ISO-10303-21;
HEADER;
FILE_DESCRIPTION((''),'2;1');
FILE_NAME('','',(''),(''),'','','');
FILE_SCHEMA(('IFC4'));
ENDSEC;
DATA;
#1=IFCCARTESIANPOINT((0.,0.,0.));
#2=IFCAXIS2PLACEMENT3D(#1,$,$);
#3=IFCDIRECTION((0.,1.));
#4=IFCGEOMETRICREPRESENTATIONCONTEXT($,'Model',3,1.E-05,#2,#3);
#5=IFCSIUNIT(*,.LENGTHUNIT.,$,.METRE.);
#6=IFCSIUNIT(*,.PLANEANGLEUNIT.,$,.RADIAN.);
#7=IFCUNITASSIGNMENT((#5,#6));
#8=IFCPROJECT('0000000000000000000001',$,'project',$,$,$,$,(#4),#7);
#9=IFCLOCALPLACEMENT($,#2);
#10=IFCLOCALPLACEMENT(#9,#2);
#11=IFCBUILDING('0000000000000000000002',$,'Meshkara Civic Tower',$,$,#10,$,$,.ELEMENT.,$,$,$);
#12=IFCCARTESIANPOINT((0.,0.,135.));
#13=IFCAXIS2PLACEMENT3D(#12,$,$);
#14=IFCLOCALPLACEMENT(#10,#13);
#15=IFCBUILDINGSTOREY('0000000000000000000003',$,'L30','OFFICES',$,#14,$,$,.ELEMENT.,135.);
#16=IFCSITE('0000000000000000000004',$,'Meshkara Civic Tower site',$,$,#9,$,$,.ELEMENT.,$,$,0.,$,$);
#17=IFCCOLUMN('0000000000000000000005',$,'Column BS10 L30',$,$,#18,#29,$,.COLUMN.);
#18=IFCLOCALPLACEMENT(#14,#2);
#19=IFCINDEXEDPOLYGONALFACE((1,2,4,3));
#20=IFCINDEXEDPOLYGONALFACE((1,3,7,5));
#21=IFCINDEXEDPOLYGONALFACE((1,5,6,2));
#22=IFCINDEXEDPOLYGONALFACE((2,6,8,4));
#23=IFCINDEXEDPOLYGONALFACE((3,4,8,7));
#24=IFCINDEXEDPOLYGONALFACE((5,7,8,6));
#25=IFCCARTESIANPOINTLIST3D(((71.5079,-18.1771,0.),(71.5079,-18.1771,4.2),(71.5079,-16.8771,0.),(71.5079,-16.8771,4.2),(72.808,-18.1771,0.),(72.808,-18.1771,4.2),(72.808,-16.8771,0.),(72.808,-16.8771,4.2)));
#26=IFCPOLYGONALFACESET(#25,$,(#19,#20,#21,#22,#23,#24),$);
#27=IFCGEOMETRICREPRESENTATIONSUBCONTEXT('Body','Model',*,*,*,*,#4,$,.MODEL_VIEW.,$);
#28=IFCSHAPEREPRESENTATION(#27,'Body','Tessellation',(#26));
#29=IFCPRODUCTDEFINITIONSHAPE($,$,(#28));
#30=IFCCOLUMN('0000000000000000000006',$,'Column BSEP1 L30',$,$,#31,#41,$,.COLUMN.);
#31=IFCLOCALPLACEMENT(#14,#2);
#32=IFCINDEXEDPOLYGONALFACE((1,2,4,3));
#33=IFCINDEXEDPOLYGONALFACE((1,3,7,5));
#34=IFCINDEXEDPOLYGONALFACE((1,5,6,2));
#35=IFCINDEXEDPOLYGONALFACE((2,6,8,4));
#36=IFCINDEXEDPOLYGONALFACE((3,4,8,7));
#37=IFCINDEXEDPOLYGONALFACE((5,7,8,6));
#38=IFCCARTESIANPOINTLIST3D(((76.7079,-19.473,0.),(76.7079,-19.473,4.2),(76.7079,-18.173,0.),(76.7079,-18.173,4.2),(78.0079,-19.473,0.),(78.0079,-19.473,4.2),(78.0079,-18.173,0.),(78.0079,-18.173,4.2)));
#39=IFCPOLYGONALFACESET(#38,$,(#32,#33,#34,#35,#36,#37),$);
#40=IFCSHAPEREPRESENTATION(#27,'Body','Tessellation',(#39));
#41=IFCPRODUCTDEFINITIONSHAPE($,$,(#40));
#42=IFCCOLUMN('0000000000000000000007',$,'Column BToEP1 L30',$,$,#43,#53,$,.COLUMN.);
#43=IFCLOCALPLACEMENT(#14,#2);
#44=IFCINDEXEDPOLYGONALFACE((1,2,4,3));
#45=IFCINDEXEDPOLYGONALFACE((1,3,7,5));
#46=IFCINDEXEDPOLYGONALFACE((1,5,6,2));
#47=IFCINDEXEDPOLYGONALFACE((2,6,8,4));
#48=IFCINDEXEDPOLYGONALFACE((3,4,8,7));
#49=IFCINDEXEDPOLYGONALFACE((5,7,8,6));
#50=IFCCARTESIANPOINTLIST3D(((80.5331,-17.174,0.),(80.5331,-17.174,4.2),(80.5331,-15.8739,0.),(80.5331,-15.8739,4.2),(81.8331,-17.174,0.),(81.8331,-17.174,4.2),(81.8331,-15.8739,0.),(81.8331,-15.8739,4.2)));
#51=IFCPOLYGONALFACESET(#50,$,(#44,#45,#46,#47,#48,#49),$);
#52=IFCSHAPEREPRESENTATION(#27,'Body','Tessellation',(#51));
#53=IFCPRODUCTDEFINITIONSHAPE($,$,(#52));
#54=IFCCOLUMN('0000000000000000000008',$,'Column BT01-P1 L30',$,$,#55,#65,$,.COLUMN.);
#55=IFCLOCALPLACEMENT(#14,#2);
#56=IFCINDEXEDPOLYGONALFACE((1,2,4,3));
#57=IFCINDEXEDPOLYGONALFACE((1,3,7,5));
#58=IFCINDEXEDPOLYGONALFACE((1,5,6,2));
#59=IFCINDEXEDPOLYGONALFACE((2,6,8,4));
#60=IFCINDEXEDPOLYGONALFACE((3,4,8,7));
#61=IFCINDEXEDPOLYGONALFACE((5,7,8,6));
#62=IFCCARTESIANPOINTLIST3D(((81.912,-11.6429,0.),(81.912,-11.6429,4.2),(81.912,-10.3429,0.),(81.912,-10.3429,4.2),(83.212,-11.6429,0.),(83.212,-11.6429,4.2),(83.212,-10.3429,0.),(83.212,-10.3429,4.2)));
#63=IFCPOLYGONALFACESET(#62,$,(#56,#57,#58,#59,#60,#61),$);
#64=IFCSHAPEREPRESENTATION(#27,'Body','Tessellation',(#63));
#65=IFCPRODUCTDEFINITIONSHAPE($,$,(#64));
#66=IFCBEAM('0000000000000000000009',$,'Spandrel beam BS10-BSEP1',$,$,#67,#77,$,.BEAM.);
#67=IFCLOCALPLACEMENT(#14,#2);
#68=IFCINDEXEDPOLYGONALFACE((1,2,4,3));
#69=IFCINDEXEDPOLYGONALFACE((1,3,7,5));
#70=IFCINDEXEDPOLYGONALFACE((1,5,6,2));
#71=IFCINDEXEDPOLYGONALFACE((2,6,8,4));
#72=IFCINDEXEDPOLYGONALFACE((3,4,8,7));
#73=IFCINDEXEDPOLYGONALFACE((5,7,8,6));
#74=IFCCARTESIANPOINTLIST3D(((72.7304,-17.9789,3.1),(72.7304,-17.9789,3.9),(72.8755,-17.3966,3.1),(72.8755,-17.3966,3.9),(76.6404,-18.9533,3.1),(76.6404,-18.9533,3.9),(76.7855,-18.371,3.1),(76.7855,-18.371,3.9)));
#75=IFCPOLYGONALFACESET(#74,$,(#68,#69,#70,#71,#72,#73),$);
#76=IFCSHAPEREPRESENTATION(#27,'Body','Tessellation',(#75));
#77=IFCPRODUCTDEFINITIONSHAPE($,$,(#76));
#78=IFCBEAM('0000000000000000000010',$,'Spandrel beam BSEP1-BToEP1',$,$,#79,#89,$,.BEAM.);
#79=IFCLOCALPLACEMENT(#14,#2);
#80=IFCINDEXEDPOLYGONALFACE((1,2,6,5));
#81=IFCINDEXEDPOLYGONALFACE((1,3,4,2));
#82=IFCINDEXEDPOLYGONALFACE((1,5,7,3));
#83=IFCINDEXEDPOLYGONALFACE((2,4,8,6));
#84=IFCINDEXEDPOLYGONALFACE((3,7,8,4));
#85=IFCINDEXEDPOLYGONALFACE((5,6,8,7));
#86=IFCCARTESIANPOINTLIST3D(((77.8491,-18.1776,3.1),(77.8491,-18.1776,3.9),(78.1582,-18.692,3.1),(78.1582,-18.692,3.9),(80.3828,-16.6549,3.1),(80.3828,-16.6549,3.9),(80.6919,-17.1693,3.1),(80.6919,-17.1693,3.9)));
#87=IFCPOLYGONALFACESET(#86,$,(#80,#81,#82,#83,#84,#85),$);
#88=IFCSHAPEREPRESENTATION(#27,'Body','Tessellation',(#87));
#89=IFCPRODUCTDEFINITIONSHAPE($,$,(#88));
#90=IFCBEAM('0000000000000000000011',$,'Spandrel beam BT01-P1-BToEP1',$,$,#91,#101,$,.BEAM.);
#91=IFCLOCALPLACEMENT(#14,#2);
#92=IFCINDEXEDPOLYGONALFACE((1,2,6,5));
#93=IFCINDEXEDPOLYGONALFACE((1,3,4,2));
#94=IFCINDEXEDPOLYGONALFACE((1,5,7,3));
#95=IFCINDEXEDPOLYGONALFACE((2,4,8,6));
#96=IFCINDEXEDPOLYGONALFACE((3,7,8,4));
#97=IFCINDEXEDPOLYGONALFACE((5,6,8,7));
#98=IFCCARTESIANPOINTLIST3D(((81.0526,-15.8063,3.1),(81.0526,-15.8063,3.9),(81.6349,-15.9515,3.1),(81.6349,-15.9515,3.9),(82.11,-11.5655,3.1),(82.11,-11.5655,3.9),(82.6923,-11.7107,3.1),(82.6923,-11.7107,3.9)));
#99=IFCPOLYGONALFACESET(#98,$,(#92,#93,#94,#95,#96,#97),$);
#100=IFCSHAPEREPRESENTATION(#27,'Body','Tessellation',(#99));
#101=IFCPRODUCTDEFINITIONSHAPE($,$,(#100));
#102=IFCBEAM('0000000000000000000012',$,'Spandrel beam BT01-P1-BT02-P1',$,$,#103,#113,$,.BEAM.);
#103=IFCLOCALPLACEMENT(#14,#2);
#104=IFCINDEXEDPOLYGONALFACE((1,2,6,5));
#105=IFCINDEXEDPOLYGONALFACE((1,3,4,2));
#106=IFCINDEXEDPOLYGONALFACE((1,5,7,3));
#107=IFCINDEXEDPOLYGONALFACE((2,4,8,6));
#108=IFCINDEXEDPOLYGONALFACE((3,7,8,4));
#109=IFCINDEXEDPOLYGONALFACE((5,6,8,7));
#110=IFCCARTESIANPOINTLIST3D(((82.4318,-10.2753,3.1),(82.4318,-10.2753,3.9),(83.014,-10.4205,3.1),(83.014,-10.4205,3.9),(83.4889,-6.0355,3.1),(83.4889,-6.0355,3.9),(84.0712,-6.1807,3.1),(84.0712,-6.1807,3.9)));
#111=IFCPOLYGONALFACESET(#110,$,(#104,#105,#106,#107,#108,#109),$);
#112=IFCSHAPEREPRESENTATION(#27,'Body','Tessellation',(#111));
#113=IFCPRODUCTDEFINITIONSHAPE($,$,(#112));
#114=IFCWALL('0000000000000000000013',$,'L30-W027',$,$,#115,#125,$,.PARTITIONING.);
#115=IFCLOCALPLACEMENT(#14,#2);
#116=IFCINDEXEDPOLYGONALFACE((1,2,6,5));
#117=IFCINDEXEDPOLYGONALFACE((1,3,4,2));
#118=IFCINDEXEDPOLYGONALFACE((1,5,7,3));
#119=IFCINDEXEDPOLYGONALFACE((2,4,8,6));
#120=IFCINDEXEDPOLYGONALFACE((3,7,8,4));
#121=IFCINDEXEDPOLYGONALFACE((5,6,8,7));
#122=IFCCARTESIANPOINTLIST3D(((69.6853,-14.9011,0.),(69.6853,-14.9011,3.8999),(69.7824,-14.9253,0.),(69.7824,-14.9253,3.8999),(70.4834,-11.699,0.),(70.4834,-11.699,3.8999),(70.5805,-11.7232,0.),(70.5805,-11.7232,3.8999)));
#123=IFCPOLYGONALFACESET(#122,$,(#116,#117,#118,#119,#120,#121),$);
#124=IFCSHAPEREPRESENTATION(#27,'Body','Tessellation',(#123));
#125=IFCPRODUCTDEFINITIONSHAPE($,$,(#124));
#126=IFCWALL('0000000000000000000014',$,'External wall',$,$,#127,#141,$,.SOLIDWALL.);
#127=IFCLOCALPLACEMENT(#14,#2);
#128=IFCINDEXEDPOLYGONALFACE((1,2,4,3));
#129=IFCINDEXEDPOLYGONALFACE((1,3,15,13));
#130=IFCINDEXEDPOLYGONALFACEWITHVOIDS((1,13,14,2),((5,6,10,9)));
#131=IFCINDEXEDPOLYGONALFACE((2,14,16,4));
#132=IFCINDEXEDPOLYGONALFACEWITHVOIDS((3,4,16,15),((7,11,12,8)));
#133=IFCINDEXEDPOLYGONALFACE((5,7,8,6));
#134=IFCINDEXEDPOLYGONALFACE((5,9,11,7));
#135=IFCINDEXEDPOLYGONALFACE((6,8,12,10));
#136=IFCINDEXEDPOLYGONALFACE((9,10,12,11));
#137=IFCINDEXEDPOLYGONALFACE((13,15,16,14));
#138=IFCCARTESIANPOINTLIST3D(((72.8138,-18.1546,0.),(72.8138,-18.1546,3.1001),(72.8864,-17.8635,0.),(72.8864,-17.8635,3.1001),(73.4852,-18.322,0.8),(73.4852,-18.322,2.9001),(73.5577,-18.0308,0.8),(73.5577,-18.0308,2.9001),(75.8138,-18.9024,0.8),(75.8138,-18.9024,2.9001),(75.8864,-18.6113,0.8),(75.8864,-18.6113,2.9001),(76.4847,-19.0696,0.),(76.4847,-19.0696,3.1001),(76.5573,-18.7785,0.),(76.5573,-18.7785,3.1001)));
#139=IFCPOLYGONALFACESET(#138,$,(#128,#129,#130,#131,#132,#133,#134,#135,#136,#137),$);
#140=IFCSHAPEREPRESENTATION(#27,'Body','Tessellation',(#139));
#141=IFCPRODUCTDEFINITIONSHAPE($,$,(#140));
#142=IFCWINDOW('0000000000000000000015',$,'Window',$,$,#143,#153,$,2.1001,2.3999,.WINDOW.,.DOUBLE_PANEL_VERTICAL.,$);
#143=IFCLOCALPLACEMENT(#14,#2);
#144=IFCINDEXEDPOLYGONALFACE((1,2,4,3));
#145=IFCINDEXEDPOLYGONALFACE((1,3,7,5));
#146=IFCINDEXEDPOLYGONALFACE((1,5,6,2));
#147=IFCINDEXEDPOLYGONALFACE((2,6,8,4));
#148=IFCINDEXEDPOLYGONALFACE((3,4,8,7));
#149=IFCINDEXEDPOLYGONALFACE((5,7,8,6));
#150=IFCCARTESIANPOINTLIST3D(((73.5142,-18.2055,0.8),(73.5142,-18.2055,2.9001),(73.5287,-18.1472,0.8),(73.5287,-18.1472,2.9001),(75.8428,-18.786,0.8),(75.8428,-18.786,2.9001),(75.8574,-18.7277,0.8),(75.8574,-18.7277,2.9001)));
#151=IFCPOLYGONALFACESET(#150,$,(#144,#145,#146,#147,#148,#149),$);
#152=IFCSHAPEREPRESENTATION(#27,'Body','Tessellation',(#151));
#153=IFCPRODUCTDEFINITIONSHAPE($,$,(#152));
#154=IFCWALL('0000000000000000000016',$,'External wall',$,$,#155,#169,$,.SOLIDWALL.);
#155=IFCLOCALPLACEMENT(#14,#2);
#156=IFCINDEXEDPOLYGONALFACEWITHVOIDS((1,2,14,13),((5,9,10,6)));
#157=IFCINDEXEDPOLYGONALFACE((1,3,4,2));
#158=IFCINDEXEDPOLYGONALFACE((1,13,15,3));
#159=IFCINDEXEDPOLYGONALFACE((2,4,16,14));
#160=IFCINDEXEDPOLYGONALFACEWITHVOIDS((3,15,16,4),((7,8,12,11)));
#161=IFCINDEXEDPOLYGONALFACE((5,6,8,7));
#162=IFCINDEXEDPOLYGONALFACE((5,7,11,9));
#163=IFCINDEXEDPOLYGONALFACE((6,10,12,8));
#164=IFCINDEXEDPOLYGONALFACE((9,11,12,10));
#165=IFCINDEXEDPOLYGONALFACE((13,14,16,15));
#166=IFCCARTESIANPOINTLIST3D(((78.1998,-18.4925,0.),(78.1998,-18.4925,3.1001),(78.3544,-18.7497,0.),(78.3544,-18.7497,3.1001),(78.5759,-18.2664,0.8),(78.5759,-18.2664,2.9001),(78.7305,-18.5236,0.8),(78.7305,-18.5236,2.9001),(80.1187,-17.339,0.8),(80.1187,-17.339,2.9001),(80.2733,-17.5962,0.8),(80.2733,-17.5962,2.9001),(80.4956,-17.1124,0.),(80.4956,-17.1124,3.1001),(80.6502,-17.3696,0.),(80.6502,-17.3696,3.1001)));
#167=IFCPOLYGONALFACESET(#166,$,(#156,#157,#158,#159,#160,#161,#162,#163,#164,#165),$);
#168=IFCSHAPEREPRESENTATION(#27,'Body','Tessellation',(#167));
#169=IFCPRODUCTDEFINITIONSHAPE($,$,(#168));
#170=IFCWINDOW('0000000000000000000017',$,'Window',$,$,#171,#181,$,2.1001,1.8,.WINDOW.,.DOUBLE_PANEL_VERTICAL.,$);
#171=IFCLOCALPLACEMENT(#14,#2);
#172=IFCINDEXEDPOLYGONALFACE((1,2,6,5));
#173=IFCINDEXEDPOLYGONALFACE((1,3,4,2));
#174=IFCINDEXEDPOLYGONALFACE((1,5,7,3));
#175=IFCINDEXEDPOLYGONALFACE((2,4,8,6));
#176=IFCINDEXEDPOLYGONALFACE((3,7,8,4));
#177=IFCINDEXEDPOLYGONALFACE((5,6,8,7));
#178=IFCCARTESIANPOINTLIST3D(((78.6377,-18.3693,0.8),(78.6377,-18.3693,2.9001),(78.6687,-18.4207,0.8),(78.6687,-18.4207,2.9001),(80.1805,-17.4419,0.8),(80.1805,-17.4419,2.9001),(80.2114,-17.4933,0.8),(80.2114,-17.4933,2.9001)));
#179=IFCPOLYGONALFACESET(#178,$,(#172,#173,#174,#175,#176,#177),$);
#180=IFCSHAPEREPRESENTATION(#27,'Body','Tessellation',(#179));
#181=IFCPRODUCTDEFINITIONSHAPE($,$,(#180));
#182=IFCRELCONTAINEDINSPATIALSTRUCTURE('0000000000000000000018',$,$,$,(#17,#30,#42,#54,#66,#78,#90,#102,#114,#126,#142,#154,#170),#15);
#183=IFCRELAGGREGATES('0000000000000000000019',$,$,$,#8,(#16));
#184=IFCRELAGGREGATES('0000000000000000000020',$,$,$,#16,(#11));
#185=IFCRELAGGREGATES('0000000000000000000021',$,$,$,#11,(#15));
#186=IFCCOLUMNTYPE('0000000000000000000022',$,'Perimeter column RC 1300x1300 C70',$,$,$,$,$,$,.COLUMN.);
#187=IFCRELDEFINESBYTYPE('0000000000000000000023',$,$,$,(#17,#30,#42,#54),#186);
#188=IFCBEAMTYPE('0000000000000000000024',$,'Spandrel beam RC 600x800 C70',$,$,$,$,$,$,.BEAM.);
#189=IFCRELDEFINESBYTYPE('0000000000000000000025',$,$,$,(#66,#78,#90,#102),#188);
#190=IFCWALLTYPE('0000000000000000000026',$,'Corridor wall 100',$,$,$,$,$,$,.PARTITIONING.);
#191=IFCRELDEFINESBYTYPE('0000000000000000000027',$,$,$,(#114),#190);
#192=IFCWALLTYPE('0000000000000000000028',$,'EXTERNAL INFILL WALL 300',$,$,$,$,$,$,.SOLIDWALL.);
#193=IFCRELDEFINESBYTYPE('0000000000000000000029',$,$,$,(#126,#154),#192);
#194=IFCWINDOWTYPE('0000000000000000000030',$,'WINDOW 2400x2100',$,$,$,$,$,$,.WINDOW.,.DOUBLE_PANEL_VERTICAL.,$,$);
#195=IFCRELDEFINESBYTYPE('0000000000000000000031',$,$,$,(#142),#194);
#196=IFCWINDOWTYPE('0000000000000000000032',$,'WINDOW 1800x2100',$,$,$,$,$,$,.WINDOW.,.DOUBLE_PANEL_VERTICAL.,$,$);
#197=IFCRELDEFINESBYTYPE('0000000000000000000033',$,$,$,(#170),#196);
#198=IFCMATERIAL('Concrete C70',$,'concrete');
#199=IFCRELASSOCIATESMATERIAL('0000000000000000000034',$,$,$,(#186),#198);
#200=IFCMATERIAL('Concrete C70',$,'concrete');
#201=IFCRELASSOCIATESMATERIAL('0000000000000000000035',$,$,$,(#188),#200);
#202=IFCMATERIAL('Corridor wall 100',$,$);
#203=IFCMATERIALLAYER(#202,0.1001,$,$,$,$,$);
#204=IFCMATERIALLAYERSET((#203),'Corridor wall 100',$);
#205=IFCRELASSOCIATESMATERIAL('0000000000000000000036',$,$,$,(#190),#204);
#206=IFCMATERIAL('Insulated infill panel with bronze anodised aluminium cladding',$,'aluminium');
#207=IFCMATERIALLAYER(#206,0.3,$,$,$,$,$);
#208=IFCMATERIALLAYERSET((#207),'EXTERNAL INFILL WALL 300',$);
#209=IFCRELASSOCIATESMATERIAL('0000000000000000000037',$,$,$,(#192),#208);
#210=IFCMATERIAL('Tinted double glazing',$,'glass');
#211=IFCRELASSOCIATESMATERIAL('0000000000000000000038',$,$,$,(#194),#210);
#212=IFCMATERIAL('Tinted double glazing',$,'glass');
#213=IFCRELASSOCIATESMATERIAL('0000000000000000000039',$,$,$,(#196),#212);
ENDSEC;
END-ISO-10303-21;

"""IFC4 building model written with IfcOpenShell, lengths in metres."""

from ifc_helpers import new_model, si_unit, direction, frame, frame_2d, origin, origin_2d, place, context, subcontext, project, spatial, rectangle, extrude, material, layer, layer_set, material_profile, profile_set, type_object, element, fill, save


model = new_model("IFC4")

# Units and contexts
model_context = context("Model", 3, precision=1e-05, world=origin(), true_north=direction((0.0, 1.0)))
body_context = subcontext(model_context, "Body", "Model", "MODEL_VIEW")
ifc_project = project(units=[si_unit("LENGTHUNIT", "METRE"), si_unit("PLANEANGLEUNIT", "RADIAN")], contexts=[model_context])

# Site, building, storey
site_placement = place(None, origin())
site = spatial("IfcSite", under=ifc_project, at=site_placement, Name="Meshkara Civic Tower site", CompositionType="ELEMENT", RefElevation=0.0)
building_placement = place(site_placement, origin())
building = spatial("IfcBuilding", under=site, at=building_placement, Name="Meshkara Civic Tower", CompositionType="ELEMENT")
storey_placement = place(building_placement, frame((0.0, 0.0, 135.0)))
storey = spatial("IfcBuildingStorey", under=building, at=storey_placement, Name="L30", Description="OFFICES", CompositionType="ELEMENT", Elevation=135.0)

# Columns
ifc_material_1 = material(Name="Concrete C70", Category="concrete")
ifc_material_profile_1 = material_profile(ifc_material_1, rectangle(XDim=1.3, YDim=1.3, at=origin_2d()))
ifc_profile_set_1 = profile_set([ifc_material_profile_1], Name="Concrete C70")
column_type = type_object("IfcColumnType", Name="Perimeter column RC 1300x1300 C70", PredefinedType="COLUMN", material=ifc_profile_set_1)
for number, where, z_axis, x_axis, name in (
    (1, (72.158, -17.5271, 0.0), (0.0, 0.0, 1.0), (1.0, 0.0, 0.0), "Column BS10 L30"),
    (2, (77.3579, -18.823, 0.0), (0.0, 0.0, 1.0), (1.0, 0.0, 0.0), "Column BSEP1 L30"),
    (3, (81.1831, -16.5239, 0.0), (0.0, 0.0, 1.0), (1.0, 0.0, 0.0), "Column BToEP1 L30"),
    (4, (82.562, -10.9929, 0.0), (0.0, 0.0, 1.0), (1.0, 0.0, 0.0), "Column BT01-P1 L30"),
):
    element("IfcColumn", number, at=place(storey_placement, frame(where, z_axis=z_axis, x_axis=x_axis)), inside=storey, type_object=column_type, Name=name, PredefinedType="COLUMN", context=body_context, shape_type="SweptSolid", body=[
        extrude(rectangle(XDim=1.3, YDim=1.3, at=origin_2d()), origin(), (0.0, 0.0, 1.0), 4.2),
    ])

# Beams
ifc_material_2 = material(Name="Concrete C70", Category="concrete")
ifc_material_profile_2 = material_profile(ifc_material_2, rectangle(XDim=0.6001, YDim=0.8, at=origin_2d()))
ifc_profile_set_2 = profile_set([ifc_material_profile_2], Name="Concrete C70")
beam_type = type_object("IfcBeamType", Name="Spandrel beam RC 600x800 C70", PredefinedType="BEAM", material=ifc_profile_set_2)
beam_1_placement = place(storey_placement, frame((72.803, -17.6877, 3.5), z_axis=(0.970324, -0.241808, 0.0), x_axis=(0.241808, 0.970324, 0.0)))
element("IfcBeam", 5, at=beam_1_placement, inside=storey, type_object=beam_type, Name="Spandrel beam BS10-BSEP1", PredefinedType="BEAM", context=body_context, shape_type="SweptSolid", body=[
    extrude(rectangle(XDim=0.6001, YDim=0.8, at=origin_2d()), origin(), (0.0, 0.0, 1.0), 4.0295),
])
beam_2_placement = place(storey_placement, frame((78.0037, -18.4348, 3.5), z_axis=(0.857121, 0.515115, 0.0), x_axis=(-0.515115, 0.857121, 0.0)))
element("IfcBeam", 6, at=beam_2_placement, inside=storey, type_object=beam_type, Name="Spandrel beam BSEP1-BToEP1", PredefinedType="BEAM", context=body_context, shape_type="SweptSolid", body=[
    extrude(rectangle(XDim=0.6001, YDim=0.8, at=origin_2d()), origin(), (0.0, 0.0, 1.0), 2.9561),
])
beam_3_placement = place(storey_placement, frame((81.3438, -15.8789, 3.5), z_axis=(0.241931, 0.970293, 0.0), x_axis=(-0.970293, 0.241931, 0.0)))
element("IfcBeam", 7, at=beam_3_placement, inside=storey, type_object=beam_type, Name="Spandrel beam BT01-P1-BToEP1", PredefinedType="BEAM", context=body_context, shape_type="SweptSolid", body=[
    extrude(rectangle(XDim=0.6001, YDim=0.8, at=origin_2d()), origin(), (0.0, 0.0, 1.0), 4.3706),
])
beam_4_placement = place(storey_placement, frame((82.7229, -10.3479, 3.5), z_axis=(0.241931, 0.970293, 0.0), x_axis=(-0.970293, 0.241931, 0.0)))
element("IfcBeam", 8, at=beam_4_placement, inside=storey, type_object=beam_type, Name="Spandrel beam BT01-P1-BT02-P1", PredefinedType="BEAM", context=body_context, shape_type="SweptSolid", body=[
    extrude(rectangle(XDim=0.6001, YDim=0.8, at=origin_2d()), origin(), (0.0, 0.0, 1.0), 4.3696),
])

# Wall
ifc_material_3 = material(Name="Corridor wall 100")
ifc_layer_1 = layer(ifc_material_3, 0.1001)
ifc_layer_set_1 = layer_set([ifc_layer_1], Name="Corridor wall 100")
wall_type_1 = type_object("IfcWallType", Name="Corridor wall 100", PredefinedType="PARTITIONING", material=ifc_layer_set_1)
wall_1_placement = place(storey_placement, frame((69.7339, -14.9131, 0.0), z_axis=(0.0, 0.0, 1.0), x_axis=(0.241839, 0.970316, 0.0)))
element("IfcWall", 9, at=wall_1_placement, inside=storey, type_object=wall_type_1, Name="L30-W027", PredefinedType="PARTITIONING", context=body_context, shape_type="SweptSolid", body=[
    extrude(rectangle(XDim=3.3, YDim=0.1001, at=frame_2d((1.6499, 0.0))), origin(), (0.0, 0.0, 1.0), 3.8999),
])

# Walls, openings, windows
ifc_material_4 = material(Name="Insulated infill panel with bronze anodised aluminium cladding", Category="aluminium")
ifc_layer_2 = layer(ifc_material_4, 0.3)
ifc_layer_set_2 = layer_set([ifc_layer_2], Name="EXTERNAL INFILL WALL 300")
wall_type_2 = type_object("IfcWallType", Name="EXTERNAL INFILL WALL 300", PredefinedType="SOLIDWALL", material=ifc_layer_set_2)
wall_2_placement = place(storey_placement, frame((72.8501, -18.009, 0.0), z_axis=(0.0, 0.0, 1.0), x_axis=(0.970309, -0.241867, 0.0)))
wall_2 = element("IfcWall", 10, at=wall_2_placement, inside=storey, type_object=wall_type_2, Name="External wall", PredefinedType="SOLIDWALL", context=body_context, shape_type="SweptSolid", body=[
    extrude(rectangle(XDim=3.7832, YDim=0.3, at=frame_2d((1.8916, 0.0))), origin(), (0.0, 0.0, 1.0), 3.1001),
])
opening_1_placement = place(wall_2_placement, frame((0.6919, 0.0, 0.8)))
opening_1 = element("IfcOpeningElement", 11, at=opening_1_placement, cuts=wall_2, PredefinedType="OPENING", context=body_context, shape_type="SweptSolid", body=[
    extrude(rectangle(XDim=2.3999, YDim=2.1001, at=frame_2d((1.2, 1.05))), frame((0.0, 0.1599, 0.0), z_axis=(0.0, -1.0, 0.0), x_axis=(1.0, 0.0, 0.0)), (0.0, 0.0, 1.0), 0.3201),
])
ifc_material_5 = material(Name="Tinted double glazing", Category="glass")
window_type_1 = type_object("IfcWindowType", Name="WINDOW 2400x2100", PartitioningType="DOUBLE_PANEL_VERTICAL", PredefinedType="WINDOW", material=ifc_material_5)
window_1_placement = place(opening_1_placement, origin())
window_1 = element("IfcWindow", 12, at=window_1_placement, inside=storey, type_object=window_type_1, Name="Window", OverallHeight=2.1001, OverallWidth=2.3999, PartitioningType="DOUBLE_PANEL_VERTICAL", PredefinedType="WINDOW", context=body_context, shape_type="SweptSolid", body=[
    extrude(rectangle(XDim=2.3999, YDim=2.1001, at=frame_2d((1.2, 1.05))), frame((0.0, 0.03, 0.0), z_axis=(0.0, -1.0, 0.0), x_axis=(1.0, 0.0, 0.0)), (0.0, 0.0, 1.0), 0.0601),
])
fill(opening_1, window_1)
wall_3_placement = place(storey_placement, frame((78.2771, -18.6211, 0.0), z_axis=(0.0, 0.0, 1.0), x_axis=(0.857066, 0.515206, 0.0)))
wall_3 = element("IfcWall", 13, at=wall_3_placement, inside=storey, type_object=wall_type_2, Name="External wall", PredefinedType="SOLIDWALL", context=body_context, shape_type="SweptSolid", body=[
    extrude(rectangle(XDim=2.6787, YDim=0.3, at=frame_2d((1.3394, 0.0))), origin(), (0.0, 0.0, 1.0), 3.1001),
])
opening_2_placement = place(wall_3_placement, frame((0.439, 0.0, 0.8)))
opening_2 = element("IfcOpeningElement", 14, at=opening_2_placement, cuts=wall_3, PredefinedType="OPENING", context=body_context, shape_type="SweptSolid", body=[
    extrude(rectangle(XDim=1.8, YDim=2.1001, at=frame_2d((0.8999, 1.05))), frame((0.0, 0.1599, 0.0), z_axis=(0.0, -1.0, 0.0), x_axis=(1.0, 0.0, 0.0)), (0.0, 0.0, 1.0), 0.3201),
])
ifc_material_6 = material(Name="Tinted double glazing", Category="glass")
window_type_2 = type_object("IfcWindowType", Name="WINDOW 1800x2100", PartitioningType="DOUBLE_PANEL_VERTICAL", PredefinedType="WINDOW", material=ifc_material_6)
window_2_placement = place(opening_2_placement, origin())
window_2 = element("IfcWindow", 15, at=window_2_placement, inside=storey, type_object=window_type_2, Name="Window", OverallHeight=2.1001, OverallWidth=1.8, PartitioningType="DOUBLE_PANEL_VERTICAL", PredefinedType="WINDOW", context=body_context, shape_type="SweptSolid", body=[
    extrude(rectangle(XDim=1.8, YDim=2.1001, at=frame_2d((0.8999, 1.05))), frame((0.0, 0.03, 0.0), z_axis=(0.0, -1.0, 0.0), x_axis=(1.0, 0.0, 0.0)), (0.0, 0.0, 1.0), 0.0601),
])
fill(opening_2, window_2)

save(model, "model.ifc")
